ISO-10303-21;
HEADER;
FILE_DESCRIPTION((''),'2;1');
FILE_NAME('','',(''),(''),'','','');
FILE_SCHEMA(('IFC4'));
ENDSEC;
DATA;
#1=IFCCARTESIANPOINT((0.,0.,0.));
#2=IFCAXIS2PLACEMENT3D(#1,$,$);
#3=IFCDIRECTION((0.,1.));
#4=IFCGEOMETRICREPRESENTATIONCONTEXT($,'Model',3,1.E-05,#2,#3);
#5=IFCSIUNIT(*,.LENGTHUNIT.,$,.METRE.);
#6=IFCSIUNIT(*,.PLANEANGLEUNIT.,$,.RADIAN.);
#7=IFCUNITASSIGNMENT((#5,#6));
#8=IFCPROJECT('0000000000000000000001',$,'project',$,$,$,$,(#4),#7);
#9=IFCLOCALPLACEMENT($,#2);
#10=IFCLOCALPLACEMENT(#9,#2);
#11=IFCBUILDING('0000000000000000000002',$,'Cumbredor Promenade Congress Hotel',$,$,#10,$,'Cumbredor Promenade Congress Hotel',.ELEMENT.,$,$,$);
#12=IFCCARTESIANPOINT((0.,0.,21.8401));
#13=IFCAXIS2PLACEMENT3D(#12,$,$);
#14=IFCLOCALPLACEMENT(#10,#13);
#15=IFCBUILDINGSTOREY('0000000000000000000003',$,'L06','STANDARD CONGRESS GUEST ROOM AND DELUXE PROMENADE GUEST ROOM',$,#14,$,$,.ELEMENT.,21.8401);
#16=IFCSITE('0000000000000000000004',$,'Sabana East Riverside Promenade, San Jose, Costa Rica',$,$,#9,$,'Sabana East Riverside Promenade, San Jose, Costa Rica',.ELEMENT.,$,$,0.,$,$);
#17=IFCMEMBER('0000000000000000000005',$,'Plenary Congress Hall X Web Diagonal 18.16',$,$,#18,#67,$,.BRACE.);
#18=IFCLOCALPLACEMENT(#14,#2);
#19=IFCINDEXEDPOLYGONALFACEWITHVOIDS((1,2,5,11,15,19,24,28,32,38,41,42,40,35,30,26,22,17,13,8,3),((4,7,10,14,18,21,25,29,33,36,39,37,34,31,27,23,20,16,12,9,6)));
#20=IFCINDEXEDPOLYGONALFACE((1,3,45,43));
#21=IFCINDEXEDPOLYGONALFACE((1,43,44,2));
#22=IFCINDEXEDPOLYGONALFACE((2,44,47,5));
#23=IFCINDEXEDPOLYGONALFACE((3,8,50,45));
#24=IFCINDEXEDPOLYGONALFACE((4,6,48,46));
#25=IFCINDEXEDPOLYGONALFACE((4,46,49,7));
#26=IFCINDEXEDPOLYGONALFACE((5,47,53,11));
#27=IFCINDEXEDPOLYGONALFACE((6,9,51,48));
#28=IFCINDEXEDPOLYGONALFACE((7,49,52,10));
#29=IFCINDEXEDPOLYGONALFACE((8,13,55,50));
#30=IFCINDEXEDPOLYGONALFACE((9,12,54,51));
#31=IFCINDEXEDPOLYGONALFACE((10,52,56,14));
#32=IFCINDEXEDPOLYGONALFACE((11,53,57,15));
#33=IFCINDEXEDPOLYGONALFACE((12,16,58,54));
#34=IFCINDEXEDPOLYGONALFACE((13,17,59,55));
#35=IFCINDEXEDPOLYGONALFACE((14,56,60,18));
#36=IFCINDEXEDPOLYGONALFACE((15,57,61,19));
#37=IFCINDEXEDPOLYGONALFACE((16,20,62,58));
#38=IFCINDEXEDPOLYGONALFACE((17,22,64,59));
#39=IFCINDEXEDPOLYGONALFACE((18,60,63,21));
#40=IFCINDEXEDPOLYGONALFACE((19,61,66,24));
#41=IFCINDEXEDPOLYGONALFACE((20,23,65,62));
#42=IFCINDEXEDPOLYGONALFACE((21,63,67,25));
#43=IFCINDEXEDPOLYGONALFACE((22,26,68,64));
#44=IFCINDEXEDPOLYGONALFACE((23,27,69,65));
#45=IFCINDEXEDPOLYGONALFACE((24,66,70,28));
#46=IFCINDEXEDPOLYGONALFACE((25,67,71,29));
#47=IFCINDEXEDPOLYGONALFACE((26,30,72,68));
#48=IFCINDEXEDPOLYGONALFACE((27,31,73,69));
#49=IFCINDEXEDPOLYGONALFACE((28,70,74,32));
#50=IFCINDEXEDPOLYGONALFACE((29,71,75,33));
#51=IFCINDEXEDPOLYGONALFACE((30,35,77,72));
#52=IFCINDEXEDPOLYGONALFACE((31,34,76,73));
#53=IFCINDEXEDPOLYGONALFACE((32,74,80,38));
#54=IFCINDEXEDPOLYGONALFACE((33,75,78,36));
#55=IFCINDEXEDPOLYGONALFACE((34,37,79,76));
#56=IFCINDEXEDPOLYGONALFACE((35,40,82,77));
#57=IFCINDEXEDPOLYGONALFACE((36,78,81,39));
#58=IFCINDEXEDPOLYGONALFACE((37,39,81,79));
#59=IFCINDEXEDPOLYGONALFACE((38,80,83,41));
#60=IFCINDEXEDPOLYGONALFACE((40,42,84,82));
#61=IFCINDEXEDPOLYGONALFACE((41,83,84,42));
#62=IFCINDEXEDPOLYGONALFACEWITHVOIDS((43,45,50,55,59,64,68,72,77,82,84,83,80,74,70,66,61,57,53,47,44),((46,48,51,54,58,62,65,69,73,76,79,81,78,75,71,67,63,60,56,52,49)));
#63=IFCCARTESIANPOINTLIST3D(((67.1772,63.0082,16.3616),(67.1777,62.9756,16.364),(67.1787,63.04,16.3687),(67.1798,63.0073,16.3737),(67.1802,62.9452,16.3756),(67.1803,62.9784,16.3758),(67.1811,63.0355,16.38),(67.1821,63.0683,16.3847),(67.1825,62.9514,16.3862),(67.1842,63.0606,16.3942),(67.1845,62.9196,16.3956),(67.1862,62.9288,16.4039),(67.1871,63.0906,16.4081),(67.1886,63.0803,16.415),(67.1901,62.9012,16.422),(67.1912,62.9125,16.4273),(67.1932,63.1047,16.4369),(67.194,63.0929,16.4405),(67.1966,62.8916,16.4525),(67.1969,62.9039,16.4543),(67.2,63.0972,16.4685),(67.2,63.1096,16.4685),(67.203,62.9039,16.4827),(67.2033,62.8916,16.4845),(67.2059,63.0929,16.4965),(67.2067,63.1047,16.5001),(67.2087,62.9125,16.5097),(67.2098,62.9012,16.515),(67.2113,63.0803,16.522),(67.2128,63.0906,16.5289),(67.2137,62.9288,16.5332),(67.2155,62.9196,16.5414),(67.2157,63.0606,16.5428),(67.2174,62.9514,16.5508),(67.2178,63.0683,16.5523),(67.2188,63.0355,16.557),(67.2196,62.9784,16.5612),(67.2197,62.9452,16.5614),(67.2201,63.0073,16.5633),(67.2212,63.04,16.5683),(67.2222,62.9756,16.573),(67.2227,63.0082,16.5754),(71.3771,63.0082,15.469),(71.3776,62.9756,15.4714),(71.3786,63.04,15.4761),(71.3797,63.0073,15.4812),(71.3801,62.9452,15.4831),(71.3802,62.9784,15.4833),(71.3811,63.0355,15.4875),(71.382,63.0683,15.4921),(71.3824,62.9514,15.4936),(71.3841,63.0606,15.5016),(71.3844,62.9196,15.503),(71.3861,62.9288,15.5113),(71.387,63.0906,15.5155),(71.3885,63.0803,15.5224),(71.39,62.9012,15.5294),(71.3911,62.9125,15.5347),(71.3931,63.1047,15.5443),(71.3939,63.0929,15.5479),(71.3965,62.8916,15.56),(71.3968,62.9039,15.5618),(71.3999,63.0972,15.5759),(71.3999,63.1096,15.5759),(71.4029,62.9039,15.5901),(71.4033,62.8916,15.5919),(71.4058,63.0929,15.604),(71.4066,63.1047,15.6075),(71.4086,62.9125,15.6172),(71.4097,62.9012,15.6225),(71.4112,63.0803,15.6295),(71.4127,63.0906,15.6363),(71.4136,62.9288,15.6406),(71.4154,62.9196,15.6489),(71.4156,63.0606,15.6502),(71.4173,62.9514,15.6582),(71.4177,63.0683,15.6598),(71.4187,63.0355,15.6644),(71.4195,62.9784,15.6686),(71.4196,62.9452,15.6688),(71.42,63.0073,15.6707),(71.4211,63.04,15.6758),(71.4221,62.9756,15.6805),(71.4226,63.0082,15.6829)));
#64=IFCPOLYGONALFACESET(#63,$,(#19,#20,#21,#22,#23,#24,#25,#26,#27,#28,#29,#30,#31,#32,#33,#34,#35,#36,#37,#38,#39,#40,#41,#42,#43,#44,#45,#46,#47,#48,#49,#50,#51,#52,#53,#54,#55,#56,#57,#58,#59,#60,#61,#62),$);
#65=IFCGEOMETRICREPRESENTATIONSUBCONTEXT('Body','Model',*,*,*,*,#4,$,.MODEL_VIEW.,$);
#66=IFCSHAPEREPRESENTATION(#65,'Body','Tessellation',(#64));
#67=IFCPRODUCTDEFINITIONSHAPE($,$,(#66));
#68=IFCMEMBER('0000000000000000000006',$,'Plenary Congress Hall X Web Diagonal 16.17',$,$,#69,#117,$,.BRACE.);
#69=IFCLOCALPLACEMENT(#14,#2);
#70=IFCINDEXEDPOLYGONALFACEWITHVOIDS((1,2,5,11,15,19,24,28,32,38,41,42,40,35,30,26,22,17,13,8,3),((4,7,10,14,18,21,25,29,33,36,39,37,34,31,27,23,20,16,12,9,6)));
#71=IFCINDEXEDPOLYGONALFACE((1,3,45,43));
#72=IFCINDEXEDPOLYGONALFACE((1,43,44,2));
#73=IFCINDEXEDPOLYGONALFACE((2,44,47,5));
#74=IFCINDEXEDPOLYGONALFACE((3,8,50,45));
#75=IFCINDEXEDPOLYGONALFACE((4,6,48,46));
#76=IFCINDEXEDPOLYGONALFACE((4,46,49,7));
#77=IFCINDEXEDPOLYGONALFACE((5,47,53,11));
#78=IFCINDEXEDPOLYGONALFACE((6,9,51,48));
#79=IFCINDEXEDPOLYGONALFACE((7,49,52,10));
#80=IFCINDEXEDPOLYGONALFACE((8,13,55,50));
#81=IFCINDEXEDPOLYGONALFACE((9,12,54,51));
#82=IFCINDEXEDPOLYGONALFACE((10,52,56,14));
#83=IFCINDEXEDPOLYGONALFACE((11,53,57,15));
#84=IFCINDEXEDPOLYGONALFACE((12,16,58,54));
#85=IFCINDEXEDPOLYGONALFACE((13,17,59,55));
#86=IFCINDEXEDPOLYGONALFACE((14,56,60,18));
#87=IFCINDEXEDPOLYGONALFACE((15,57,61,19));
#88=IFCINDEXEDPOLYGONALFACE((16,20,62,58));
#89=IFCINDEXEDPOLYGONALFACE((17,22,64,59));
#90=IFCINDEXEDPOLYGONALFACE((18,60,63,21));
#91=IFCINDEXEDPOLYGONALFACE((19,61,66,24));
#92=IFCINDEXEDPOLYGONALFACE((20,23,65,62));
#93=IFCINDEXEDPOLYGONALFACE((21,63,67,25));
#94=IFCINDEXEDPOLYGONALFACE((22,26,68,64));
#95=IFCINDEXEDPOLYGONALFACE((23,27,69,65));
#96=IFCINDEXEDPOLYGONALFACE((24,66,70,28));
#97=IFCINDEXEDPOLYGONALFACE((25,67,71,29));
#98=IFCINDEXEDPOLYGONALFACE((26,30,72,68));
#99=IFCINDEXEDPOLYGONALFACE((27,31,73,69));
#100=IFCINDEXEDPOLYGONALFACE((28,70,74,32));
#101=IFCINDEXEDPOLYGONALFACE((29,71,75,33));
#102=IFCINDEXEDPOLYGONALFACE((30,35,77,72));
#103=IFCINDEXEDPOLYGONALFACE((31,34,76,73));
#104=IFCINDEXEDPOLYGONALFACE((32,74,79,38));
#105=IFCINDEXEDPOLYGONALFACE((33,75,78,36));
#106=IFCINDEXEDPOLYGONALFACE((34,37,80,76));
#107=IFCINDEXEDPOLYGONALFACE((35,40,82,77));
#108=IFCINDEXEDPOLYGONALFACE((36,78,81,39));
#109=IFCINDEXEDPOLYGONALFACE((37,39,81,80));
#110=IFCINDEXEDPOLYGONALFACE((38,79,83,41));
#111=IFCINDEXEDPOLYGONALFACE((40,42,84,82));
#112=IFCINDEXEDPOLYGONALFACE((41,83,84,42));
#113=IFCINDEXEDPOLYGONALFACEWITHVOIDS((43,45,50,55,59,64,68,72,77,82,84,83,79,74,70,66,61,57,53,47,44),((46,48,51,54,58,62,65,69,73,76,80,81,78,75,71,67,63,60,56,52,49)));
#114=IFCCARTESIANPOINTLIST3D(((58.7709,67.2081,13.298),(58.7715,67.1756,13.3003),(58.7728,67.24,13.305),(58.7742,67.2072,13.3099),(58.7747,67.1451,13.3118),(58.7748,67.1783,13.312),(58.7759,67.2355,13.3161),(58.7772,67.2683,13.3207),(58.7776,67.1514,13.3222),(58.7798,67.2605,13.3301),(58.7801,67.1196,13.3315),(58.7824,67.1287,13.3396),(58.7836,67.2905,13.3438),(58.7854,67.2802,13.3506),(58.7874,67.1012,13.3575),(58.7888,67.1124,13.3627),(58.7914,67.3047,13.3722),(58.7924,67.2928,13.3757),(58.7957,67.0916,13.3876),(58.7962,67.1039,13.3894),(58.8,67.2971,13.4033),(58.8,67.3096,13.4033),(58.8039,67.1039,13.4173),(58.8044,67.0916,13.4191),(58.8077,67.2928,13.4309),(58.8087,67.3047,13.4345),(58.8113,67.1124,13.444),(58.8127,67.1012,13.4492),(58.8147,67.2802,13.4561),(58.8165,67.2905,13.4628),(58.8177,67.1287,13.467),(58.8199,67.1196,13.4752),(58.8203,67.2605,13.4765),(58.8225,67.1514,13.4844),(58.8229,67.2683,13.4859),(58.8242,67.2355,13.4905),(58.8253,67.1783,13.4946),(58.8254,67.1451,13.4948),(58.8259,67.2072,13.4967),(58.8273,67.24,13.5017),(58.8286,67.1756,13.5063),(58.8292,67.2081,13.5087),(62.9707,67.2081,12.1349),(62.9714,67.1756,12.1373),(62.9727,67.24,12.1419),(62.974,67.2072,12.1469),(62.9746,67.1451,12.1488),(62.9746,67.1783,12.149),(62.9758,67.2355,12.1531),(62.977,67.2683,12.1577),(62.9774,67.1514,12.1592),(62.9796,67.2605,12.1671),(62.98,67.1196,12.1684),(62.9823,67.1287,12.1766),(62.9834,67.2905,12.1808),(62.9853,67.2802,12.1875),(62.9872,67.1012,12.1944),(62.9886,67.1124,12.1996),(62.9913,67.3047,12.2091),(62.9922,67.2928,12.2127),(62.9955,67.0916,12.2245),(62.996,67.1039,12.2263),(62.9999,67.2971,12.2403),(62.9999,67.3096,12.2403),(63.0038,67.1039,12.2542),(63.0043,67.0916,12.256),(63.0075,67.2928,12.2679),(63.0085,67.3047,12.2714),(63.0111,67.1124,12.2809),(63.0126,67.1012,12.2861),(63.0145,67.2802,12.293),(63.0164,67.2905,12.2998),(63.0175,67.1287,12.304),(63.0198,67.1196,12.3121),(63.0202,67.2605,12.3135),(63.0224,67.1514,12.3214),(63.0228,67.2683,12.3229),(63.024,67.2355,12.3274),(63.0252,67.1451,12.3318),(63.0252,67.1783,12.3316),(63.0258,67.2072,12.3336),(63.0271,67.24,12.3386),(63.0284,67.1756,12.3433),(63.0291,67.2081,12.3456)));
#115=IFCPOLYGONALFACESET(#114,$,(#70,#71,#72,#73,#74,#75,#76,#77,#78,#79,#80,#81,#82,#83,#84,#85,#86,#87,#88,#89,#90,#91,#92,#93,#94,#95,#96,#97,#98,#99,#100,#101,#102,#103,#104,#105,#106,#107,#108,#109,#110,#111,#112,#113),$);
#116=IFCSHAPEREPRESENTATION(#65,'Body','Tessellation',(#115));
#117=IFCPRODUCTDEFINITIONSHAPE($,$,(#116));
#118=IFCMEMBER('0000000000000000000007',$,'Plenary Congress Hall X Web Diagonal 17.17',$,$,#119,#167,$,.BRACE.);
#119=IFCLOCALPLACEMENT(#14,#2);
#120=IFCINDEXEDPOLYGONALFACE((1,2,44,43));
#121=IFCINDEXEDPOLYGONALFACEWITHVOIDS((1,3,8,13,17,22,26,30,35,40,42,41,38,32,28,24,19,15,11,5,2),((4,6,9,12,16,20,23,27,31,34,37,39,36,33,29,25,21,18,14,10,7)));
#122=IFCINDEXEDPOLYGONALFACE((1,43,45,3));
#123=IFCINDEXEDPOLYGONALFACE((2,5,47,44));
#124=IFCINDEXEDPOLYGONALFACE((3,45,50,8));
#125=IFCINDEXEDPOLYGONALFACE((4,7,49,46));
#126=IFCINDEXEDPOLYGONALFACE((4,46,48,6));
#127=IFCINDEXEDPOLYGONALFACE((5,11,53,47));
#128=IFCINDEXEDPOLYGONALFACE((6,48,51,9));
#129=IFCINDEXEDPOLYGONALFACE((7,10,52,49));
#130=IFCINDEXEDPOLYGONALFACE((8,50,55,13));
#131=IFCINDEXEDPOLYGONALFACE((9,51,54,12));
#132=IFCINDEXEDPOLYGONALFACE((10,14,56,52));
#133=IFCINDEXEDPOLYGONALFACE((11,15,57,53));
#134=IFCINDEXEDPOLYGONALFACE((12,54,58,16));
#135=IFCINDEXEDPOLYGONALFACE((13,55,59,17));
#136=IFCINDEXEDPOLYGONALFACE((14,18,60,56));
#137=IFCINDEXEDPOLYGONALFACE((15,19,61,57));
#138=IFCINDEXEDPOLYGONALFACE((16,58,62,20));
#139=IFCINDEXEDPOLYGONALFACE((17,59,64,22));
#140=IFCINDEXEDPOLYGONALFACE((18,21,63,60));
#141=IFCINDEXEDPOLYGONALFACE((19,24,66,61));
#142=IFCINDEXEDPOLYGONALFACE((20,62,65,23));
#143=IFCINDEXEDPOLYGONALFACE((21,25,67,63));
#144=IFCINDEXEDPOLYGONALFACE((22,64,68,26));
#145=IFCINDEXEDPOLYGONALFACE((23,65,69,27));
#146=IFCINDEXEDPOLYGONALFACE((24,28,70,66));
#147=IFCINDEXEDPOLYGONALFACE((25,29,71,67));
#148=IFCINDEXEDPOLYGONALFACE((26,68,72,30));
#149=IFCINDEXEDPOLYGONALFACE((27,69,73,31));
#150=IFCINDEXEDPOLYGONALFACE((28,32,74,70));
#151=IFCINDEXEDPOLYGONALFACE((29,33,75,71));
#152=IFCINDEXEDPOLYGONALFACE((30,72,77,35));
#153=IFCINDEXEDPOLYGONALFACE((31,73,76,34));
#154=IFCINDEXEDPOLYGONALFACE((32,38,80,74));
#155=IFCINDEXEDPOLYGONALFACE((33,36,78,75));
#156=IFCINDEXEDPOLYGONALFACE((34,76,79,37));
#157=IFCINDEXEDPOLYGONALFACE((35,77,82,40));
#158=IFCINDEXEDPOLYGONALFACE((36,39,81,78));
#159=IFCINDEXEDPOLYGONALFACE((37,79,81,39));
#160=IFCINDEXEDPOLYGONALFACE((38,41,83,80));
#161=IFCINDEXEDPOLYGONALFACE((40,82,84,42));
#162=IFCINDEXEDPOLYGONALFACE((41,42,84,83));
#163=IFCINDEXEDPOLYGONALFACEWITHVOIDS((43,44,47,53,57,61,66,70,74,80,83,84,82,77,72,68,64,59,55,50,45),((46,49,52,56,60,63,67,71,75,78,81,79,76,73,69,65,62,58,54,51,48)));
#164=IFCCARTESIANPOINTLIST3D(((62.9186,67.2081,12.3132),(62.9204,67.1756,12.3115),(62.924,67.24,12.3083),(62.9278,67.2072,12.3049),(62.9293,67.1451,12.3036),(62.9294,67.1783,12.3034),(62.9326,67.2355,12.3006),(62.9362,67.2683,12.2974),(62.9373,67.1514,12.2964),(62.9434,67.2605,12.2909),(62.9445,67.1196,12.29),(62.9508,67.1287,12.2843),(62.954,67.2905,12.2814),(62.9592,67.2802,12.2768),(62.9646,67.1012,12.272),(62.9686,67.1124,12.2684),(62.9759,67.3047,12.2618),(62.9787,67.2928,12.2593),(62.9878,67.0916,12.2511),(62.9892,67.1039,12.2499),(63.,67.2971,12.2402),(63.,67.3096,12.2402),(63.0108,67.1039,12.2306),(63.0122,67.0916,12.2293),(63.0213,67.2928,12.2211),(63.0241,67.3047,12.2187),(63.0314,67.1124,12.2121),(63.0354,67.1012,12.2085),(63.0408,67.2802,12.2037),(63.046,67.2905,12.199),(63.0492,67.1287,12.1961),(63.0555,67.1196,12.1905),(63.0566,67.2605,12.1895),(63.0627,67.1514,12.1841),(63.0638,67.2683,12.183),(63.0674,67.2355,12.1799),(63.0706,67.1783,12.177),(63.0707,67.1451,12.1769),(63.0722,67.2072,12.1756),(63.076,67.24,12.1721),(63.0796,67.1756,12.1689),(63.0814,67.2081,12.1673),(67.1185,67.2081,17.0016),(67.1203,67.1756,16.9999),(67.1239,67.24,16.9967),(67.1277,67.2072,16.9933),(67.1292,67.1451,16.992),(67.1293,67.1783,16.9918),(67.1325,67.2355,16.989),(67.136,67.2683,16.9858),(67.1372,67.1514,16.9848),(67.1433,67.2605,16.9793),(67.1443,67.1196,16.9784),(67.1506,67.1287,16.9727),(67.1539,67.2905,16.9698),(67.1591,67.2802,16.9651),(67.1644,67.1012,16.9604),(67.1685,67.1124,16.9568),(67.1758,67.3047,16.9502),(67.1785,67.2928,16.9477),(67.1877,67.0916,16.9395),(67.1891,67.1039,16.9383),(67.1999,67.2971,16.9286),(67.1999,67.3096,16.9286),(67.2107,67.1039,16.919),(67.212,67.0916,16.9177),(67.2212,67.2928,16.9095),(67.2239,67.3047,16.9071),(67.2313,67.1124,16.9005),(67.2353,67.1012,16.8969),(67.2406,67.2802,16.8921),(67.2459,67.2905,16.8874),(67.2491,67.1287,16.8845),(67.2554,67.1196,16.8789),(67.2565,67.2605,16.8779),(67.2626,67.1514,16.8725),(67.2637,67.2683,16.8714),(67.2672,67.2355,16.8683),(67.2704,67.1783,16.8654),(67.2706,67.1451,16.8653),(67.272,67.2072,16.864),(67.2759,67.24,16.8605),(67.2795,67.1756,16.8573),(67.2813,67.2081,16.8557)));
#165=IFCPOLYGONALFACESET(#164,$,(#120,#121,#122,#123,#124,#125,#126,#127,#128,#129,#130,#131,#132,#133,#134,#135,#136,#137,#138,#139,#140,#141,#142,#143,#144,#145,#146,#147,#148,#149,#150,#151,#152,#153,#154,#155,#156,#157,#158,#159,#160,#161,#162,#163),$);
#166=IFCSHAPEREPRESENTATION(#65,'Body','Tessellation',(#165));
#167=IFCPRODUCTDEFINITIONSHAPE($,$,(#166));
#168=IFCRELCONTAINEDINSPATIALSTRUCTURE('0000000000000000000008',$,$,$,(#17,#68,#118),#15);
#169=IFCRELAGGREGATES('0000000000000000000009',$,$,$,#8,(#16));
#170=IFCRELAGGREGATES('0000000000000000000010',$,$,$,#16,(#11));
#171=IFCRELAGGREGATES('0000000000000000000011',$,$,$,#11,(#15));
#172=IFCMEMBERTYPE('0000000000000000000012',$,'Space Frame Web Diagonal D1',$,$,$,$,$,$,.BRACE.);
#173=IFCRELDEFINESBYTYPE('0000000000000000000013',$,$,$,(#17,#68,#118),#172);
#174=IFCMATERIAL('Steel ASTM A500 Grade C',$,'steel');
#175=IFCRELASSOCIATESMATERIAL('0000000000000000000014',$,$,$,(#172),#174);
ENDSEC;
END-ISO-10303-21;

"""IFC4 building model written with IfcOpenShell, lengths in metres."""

from ifc_helpers import new_model, si_unit, direction, frame, origin, origin_2d, place, context, subcontext, project, spatial, hollow_circle, extrude, material, material_profile, profile_set, type_object, element, save


model = new_model("IFC4")

# Units and contexts
model_context = context("Model", 3, precision=1e-05, world=origin(), true_north=direction((0.0, 1.0)))
body_context = subcontext(model_context, "Body", "Model", "MODEL_VIEW")
ifc_project = project(units=[si_unit("LENGTHUNIT", "METRE"), si_unit("PLANEANGLEUNIT", "RADIAN")], contexts=[model_context])

# Site, building, storey
site_placement = place(None, origin())
site = spatial("IfcSite", under=ifc_project, at=site_placement, Name="Sabana East Riverside Promenade, San Jose, Costa Rica", LongName="Sabana East Riverside Promenade, San Jose, Costa Rica", CompositionType="ELEMENT", RefElevation=0.0)
building_placement = place(site_placement, origin())
building = spatial("IfcBuilding", under=site, at=building_placement, Name="Cumbredor Promenade Congress Hotel", LongName="Cumbredor Promenade Congress Hotel", CompositionType="ELEMENT")
storey_placement = place(building_placement, frame((0.0, 0.0, 21.8401)))
storey = spatial("IfcBuildingStorey", under=building, at=storey_placement, Name="L06", Description="STANDARD CONGRESS GUEST ROOM AND DELUXE PROMENADE GUEST ROOM", CompositionType="ELEMENT", Elevation=21.8401)

# Members
ifc_material_1 = material(Name="Steel ASTM A500 Grade C", Category="steel")
ifc_material_profile_1 = material_profile(ifc_material_1, hollow_circle(Radius=0.1096, WallThickness=0.0125, at=origin_2d()), Name="CHS 219.1x12.5")
ifc_profile_set_1 = profile_set([ifc_material_profile_1], Name="Steel ASTM A500 Grade C")
member_type_1 = type_object("IfcMemberType", Name="Space Frame Web Diagonal D1", PredefinedType="BRACE", material=ifc_profile_set_1)
member_1_placement = place(storey_placement, frame((67.2, 63.0, 16.4685), z_axis=(0.978155, 0.0, -0.207878), x_axis=(0.0, 1.0, 0.0)))
element("IfcMember", 1, at=member_1_placement, inside=storey, type_object=member_type_1, Name="Plenary Congress Hall X Web Diagonal 18.16", PredefinedType="BRACE", context=body_context, shape_type="SweptSolid", body=[
    extrude(hollow_circle(Radius=0.1096, WallThickness=0.0125, at=origin_2d()), origin(), (0.0, 0.0, 1.0), 4.2937),
])
member_2_placement = place(storey_placement, frame((58.8, 67.2, 13.4033), z_axis=(0.963729, 0.0, -0.266884), x_axis=(0.0, 1.0, 0.0)))
element("IfcMember", 2, at=member_2_placement, inside=storey, type_object=member_type_1, Name="Plenary Congress Hall X Web Diagonal 16.17", PredefinedType="BRACE", context=body_context, shape_type="SweptSolid", body=[
    extrude(hollow_circle(Radius=0.1096, WallThickness=0.0125, at=origin_2d()), origin(), (0.0, 0.0, 1.0), 4.3579),
])
member_3_placement = place(storey_placement, frame((63.0, 67.2, 12.2402), z_axis=(0.667236, 0.0, 0.744847), x_axis=(0.0, 1.0, 0.0)))
element("IfcMember", 3, at=member_3_placement, inside=storey, type_object=member_type_1, Name="Plenary Congress Hall X Web Diagonal 17.17", PredefinedType="BRACE", context=body_context, shape_type="SweptSolid", body=[
    extrude(hollow_circle(Radius=0.1096, WallThickness=0.0125, at=origin_2d()), origin(), (0.0, 0.0, 1.0), 6.2944),
])

save(model, "model.ifc")
